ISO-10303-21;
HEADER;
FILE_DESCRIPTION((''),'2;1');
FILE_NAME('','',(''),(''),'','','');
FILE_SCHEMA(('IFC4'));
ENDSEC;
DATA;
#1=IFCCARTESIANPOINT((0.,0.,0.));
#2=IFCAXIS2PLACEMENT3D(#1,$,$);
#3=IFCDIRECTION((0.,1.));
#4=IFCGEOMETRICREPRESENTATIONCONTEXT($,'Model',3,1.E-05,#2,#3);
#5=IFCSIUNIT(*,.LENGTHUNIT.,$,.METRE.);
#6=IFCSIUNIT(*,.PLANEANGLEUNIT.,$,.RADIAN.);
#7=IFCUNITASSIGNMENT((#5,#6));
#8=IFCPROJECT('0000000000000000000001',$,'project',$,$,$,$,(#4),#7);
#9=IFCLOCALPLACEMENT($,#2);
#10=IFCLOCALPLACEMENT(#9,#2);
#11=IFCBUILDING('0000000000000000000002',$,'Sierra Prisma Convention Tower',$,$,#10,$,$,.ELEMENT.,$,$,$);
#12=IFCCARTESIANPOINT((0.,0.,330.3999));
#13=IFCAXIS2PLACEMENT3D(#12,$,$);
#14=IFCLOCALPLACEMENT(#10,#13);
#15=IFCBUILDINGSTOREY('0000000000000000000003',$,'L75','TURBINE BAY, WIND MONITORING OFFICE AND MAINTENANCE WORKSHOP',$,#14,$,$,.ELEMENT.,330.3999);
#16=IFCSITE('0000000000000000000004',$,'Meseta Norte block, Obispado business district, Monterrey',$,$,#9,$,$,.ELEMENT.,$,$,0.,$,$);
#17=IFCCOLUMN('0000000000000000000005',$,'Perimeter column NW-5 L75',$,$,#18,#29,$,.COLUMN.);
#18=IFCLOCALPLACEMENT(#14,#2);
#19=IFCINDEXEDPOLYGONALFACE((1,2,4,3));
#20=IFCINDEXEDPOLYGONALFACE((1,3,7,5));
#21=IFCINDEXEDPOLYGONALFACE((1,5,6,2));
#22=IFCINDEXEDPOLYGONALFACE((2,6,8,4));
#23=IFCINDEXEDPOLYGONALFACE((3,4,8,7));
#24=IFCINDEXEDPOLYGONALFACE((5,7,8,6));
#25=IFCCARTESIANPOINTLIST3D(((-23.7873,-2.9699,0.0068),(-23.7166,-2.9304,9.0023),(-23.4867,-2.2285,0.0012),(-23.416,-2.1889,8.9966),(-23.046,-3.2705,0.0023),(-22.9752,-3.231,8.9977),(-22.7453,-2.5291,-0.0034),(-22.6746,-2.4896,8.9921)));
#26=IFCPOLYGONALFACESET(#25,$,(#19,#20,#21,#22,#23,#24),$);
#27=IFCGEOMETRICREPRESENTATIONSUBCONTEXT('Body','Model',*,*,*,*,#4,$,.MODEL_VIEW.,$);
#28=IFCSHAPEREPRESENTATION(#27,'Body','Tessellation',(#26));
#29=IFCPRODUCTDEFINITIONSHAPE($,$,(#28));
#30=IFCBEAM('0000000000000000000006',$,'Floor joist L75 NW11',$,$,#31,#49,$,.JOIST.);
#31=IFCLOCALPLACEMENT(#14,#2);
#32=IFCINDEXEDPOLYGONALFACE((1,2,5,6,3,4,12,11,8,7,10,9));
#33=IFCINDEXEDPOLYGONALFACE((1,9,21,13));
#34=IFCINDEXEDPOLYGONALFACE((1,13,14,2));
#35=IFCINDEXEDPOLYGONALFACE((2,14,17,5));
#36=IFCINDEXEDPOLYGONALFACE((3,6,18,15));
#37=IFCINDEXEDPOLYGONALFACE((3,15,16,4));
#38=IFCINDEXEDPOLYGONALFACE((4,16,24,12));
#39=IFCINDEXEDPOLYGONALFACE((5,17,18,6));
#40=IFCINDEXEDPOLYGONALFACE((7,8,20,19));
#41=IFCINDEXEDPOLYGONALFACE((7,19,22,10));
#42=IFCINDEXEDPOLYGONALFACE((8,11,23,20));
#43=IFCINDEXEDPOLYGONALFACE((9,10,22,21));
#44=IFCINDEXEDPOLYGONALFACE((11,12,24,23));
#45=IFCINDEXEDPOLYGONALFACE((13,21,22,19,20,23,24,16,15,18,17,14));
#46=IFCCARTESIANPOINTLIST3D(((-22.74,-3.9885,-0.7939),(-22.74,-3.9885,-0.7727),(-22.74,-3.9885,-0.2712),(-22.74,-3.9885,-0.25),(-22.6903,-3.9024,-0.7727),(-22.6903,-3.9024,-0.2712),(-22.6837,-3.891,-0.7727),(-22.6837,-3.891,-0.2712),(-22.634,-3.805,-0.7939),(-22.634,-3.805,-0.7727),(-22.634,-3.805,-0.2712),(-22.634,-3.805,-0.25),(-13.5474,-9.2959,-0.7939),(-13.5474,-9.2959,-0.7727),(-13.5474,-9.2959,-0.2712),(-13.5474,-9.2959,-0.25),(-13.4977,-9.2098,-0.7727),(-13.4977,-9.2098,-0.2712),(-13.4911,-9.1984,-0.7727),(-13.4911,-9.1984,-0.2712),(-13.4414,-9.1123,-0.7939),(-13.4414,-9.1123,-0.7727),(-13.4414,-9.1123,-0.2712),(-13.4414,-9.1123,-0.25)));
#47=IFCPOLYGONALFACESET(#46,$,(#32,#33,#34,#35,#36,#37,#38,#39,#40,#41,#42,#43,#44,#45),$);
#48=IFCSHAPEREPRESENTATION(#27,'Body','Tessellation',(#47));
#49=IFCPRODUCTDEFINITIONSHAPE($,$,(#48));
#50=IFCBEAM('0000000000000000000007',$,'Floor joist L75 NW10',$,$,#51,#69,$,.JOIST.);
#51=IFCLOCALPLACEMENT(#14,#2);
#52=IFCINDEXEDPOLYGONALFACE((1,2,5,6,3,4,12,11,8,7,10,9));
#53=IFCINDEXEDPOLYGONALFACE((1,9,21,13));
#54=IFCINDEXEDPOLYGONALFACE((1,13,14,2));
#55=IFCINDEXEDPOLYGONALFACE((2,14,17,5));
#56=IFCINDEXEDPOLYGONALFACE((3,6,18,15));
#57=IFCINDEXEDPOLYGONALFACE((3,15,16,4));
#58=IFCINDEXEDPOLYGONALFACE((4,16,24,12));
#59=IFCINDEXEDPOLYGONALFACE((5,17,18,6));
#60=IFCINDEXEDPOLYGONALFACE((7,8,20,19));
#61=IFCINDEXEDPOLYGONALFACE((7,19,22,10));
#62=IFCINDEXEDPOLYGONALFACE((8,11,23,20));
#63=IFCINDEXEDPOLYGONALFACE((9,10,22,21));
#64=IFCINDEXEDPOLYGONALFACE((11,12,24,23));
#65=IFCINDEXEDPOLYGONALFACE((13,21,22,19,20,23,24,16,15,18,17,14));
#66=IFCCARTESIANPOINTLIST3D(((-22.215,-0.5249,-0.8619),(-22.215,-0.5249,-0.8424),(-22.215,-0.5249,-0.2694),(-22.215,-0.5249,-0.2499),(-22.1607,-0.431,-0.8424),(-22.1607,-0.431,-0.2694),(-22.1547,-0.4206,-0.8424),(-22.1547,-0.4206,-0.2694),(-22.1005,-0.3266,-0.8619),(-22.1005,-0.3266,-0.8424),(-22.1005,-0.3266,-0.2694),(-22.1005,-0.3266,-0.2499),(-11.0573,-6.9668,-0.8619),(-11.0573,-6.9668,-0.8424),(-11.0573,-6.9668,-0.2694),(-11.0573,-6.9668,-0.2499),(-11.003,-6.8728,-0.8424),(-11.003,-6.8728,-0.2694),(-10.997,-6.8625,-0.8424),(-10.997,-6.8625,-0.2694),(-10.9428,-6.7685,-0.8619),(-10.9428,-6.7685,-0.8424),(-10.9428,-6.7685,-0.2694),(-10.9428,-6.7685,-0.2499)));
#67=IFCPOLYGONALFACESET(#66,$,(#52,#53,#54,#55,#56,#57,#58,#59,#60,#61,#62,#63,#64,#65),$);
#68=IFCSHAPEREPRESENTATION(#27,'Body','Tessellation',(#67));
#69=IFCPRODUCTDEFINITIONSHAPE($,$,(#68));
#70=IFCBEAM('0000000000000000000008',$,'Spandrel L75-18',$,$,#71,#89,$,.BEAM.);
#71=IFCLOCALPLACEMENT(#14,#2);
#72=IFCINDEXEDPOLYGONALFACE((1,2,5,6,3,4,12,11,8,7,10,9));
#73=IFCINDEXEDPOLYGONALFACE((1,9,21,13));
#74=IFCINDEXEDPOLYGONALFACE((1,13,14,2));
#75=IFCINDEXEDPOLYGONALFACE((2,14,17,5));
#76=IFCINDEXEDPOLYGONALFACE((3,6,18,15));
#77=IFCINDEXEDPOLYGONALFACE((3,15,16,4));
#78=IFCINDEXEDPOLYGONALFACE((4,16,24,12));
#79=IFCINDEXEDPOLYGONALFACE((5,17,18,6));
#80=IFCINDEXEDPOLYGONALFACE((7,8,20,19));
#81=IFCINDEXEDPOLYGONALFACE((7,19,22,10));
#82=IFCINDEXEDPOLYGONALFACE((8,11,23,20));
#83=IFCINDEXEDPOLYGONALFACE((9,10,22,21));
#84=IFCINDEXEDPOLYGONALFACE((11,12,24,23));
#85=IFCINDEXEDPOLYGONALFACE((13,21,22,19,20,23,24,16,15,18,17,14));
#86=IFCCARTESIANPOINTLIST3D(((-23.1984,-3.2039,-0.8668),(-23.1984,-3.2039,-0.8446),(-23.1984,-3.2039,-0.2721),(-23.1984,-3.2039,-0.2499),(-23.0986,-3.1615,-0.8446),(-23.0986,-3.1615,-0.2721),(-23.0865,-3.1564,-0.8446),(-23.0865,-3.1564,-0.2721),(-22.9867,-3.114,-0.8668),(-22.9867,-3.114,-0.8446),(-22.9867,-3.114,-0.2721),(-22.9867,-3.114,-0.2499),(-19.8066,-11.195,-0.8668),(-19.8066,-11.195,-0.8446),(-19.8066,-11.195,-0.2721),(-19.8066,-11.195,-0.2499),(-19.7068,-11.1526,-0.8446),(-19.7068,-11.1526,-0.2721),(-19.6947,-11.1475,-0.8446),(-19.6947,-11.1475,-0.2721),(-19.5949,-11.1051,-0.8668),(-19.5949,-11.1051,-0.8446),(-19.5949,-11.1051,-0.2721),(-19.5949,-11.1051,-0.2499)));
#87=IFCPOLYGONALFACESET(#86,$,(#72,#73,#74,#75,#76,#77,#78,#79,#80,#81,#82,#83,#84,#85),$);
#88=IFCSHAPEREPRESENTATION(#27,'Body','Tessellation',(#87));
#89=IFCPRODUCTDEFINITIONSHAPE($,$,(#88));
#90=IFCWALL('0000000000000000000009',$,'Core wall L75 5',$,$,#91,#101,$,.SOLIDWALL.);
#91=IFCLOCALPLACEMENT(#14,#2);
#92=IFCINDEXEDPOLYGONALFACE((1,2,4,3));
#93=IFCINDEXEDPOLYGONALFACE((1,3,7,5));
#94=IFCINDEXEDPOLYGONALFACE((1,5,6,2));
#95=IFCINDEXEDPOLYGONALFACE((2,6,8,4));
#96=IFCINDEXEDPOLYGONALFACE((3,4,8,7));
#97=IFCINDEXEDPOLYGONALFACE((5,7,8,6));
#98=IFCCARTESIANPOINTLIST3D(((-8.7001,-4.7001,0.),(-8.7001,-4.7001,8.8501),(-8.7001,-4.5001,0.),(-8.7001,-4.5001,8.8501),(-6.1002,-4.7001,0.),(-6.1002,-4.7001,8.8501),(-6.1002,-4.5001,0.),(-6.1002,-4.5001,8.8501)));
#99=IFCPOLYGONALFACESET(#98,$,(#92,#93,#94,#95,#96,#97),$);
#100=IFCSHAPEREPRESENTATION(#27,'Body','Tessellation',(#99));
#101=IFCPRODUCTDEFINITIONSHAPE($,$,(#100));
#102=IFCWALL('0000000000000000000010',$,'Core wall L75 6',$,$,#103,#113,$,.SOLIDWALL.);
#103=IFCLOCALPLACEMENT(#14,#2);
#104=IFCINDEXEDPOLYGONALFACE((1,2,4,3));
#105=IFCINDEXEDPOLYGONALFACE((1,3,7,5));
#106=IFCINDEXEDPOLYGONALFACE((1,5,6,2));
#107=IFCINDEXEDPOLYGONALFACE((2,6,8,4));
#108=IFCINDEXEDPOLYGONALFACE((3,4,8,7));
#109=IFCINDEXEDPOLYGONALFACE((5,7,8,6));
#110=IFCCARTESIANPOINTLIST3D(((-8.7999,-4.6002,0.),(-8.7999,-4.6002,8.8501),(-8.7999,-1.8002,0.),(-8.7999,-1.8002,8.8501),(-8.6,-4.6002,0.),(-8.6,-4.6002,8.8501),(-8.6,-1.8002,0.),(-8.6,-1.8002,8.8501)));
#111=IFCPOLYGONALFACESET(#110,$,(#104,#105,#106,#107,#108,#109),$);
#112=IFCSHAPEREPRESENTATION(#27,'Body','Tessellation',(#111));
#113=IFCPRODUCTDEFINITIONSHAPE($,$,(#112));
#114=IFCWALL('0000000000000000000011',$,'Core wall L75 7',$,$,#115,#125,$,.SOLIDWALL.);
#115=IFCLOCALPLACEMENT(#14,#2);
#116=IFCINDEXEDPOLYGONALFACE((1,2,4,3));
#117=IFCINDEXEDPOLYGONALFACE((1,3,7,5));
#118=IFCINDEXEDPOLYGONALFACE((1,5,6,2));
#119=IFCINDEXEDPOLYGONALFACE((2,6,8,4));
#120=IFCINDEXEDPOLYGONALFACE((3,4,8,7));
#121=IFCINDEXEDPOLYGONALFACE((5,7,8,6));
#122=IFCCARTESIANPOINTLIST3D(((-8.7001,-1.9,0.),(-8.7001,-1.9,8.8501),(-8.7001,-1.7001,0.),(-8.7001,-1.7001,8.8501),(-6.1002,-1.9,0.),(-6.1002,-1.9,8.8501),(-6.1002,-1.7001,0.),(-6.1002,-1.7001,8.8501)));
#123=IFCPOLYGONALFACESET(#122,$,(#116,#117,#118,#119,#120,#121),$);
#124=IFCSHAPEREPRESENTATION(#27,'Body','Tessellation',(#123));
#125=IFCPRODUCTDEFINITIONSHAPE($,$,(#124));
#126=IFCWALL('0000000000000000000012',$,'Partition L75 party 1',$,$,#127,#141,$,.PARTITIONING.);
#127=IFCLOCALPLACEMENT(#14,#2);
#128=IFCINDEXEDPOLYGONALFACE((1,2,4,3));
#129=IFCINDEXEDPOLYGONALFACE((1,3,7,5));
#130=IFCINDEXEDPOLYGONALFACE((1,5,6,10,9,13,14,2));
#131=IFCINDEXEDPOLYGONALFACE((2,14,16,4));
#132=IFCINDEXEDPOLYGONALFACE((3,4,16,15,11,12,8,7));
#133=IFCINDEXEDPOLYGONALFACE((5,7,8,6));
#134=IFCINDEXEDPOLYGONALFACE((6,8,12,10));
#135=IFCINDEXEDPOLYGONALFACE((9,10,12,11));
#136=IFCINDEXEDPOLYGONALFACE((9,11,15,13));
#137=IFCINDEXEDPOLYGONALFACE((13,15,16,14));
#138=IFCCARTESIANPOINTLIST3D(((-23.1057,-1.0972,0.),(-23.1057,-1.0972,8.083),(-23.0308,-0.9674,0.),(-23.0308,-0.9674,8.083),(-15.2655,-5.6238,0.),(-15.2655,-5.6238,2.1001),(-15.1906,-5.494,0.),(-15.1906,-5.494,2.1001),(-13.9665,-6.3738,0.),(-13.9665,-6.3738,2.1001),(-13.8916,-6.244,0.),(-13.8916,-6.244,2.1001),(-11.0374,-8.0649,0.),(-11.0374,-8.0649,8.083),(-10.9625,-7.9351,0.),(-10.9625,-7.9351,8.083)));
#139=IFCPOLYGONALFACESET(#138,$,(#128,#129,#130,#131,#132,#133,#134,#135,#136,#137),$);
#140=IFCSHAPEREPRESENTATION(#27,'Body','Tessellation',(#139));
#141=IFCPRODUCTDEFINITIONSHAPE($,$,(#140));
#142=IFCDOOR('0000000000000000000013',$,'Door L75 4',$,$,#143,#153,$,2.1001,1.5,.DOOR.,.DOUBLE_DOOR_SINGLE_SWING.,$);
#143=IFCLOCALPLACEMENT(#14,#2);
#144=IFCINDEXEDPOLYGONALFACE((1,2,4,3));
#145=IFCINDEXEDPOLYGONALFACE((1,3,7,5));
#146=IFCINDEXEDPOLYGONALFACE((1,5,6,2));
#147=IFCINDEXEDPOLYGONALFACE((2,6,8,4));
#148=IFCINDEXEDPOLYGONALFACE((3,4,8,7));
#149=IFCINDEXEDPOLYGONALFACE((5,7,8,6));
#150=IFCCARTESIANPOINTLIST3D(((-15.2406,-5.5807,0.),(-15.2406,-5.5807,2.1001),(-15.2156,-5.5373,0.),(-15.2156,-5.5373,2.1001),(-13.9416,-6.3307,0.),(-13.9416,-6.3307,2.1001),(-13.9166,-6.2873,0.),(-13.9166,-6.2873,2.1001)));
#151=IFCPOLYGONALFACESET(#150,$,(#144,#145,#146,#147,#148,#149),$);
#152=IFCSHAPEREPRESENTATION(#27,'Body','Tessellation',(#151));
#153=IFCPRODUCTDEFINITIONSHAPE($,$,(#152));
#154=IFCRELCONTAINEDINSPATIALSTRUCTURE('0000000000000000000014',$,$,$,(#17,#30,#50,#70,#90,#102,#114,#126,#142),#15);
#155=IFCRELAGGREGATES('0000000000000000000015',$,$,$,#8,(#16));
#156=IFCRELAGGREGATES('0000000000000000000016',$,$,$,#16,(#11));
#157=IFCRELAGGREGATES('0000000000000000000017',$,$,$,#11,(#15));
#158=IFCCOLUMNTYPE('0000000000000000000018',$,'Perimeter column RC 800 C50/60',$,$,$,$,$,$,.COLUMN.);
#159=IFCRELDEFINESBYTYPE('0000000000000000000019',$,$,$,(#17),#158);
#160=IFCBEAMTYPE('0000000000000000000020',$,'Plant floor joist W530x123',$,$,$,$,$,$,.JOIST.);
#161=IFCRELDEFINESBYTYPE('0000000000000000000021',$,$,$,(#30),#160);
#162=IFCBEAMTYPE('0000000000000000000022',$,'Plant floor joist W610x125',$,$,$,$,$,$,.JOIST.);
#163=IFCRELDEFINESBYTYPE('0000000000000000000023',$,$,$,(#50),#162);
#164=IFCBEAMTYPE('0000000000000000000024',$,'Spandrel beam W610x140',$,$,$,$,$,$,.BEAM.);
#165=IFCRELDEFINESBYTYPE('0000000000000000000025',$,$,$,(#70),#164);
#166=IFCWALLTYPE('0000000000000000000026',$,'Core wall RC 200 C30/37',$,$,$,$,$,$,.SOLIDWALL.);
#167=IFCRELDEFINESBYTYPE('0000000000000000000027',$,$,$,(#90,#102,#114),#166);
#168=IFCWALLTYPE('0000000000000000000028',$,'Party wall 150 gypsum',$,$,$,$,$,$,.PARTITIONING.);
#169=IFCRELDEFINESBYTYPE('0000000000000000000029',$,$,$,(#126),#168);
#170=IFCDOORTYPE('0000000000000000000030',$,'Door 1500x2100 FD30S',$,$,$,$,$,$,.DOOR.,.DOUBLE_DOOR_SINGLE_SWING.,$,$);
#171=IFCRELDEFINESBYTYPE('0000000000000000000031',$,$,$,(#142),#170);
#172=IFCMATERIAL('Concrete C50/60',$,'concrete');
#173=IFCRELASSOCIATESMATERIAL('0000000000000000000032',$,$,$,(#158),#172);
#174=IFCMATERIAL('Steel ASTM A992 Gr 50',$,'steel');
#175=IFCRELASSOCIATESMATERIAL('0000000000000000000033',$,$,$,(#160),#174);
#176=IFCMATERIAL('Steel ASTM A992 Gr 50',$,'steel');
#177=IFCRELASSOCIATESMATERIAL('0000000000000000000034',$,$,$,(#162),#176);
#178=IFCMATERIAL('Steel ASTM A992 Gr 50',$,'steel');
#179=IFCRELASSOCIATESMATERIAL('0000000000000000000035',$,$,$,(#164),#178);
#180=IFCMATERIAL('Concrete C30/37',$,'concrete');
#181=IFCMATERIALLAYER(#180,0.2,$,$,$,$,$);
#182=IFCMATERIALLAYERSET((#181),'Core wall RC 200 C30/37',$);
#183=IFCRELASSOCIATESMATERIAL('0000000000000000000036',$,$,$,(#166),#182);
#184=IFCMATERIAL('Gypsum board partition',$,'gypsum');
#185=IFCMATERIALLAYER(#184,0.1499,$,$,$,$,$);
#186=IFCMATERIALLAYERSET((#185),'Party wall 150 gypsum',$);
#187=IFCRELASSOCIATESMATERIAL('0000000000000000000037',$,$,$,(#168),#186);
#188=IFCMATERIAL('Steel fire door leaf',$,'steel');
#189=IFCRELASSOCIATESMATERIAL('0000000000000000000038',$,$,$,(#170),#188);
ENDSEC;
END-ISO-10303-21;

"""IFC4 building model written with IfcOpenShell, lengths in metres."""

from ifc_helpers import new_model, si_unit, direction, frame, frame_2d, origin, origin_2d, place, context, subcontext, project, spatial, rectangle, i_section, extrude, clip, halfspace, material, layer, layer_set, material_profile, profile_set, type_object, element, fill, save


model = new_model("IFC4")

# Units and contexts
model_context = context("Model", 3, precision=1e-05, world=origin(), true_north=direction((0.0, 1.0)))
body_context = subcontext(model_context, "Body", "Model", "MODEL_VIEW")
ifc_project = project(units=[si_unit("LENGTHUNIT", "METRE"), si_unit("PLANEANGLEUNIT", "RADIAN")], contexts=[model_context])

# Site, building, storey
site_placement = place(None, origin())
site = spatial("IfcSite", under=ifc_project, at=site_placement, Name="Meseta Norte block, Obispado business district, Monterrey", CompositionType="ELEMENT", RefElevation=0.0)
building_placement = place(site_placement, origin())
building = spatial("IfcBuilding", under=site, at=building_placement, Name="Sierra Prisma Convention Tower", CompositionType="ELEMENT")
storey_placement = place(building_placement, frame((0.0, 0.0, 330.3999)))
storey = spatial("IfcBuildingStorey", under=building, at=storey_placement, Name="L75", Description="TURBINE BAY, WIND MONITORING OFFICE AND MAINTENANCE WORKSHOP", CompositionType="ELEMENT", Elevation=330.3999)

# Column
ifc_material_1 = material(Name="Concrete C50/60", Category="concrete")
ifc_material_profile_1 = material_profile(ifc_material_1, rectangle(XDim=0.8, YDim=0.8, at=origin_2d()), Name="Perimeter column RC 800 C50/60")
ifc_profile_set_1 = profile_set([ifc_material_profile_1], Name="Concrete C50/60")
column_type = type_object("IfcColumnType", Name="Perimeter column RC 800 C50/60", PredefinedType="COLUMN", material=ifc_profile_set_1)
column_placement = place(storey_placement, frame((-23.2664, -2.7495, 0.0), z_axis=(0.007866, 0.004394, 0.999959), x_axis=(0.375745, 0.926696, -0.007028)))
element("IfcColumn", 1, at=column_placement, inside=storey, type_object=column_type, Name="Perimeter column NW-5 L75", PredefinedType="COLUMN", context=body_context, shape_type="SweptSolid", body=[
    clip(clip(extrude(rectangle(XDim=0.8, YDim=0.8, at=origin_2d()), origin(), (0.0, 0.0, 1.0), 9.0002), halfspace(frame((0.0, 0.0, 0.0017)), True)), halfspace(frame((0.0, 0.0, 8.9976)), False)),
])

# Beams
ifc_material_2 = material(Name="Steel ASTM A992 Gr 50", Category="steel")
ifc_material_profile_2 = material_profile(ifc_material_2, i_section(OverallWidth=0.2119, OverallDepth=0.5439, WebThickness=0.0132, FlangeThickness=0.0212, at=origin_2d()), Name="W530x123")
ifc_profile_set_2 = profile_set([ifc_material_profile_2], Name="Steel ASTM A992 Gr 50")
beam_type_1 = type_object("IfcBeamType", Name="Plant floor joist W530x123", PredefinedType="JOIST", material=ifc_profile_set_2)
beam_1_placement = place(storey_placement, frame((-22.687, -3.8967, -0.522), z_axis=(0.866025, -0.500001, 0.0), x_axis=(0.500001, 0.866025, 0.0)))
element("IfcBeam", 2, at=beam_1_placement, inside=storey, type_object=beam_type_1, Name="Floor joist L75 NW11", PredefinedType="JOIST", context=body_context, shape_type="SweptSolid", body=[
    extrude(i_section(OverallWidth=0.2119, OverallDepth=0.5439, WebThickness=0.0132, FlangeThickness=0.0212, at=origin_2d()), origin(), (0.0, 0.0, 1.0), 10.6147),
])
ifc_material_3 = material(Name="Steel ASTM A992 Gr 50", Category="steel")
ifc_material_profile_3 = material_profile(ifc_material_3, i_section(OverallWidth=0.229, OverallDepth=0.6121, WebThickness=0.012, FlangeThickness=0.0195, at=origin_2d()), Name="W610x125")
ifc_profile_set_3 = profile_set([ifc_material_profile_3], Name="Steel ASTM A992 Gr 50")
beam_type_2 = type_object("IfcBeamType", Name="Plant floor joist W610x125", PredefinedType="JOIST", material=ifc_profile_set_3)
beam_2_placement = place(storey_placement, frame((-22.1577, -0.4258, -0.5559), z_axis=(0.866026, -0.499999, 0.0), x_axis=(0.499999, 0.866026, 0.0)))
element("IfcBeam", 3, at=beam_2_placement, inside=storey, type_object=beam_type_2, Name="Floor joist L75 NW10", PredefinedType="JOIST", context=body_context, shape_type="SweptSolid", body=[
    extrude(i_section(OverallWidth=0.229, OverallDepth=0.6121, WebThickness=0.012, FlangeThickness=0.0195, at=origin_2d()), origin(), (0.0, 0.0, 1.0), 12.8838),
])
ifc_material_4 = material(Name="Steel ASTM A992 Gr 50", Category="steel")
ifc_material_profile_4 = material_profile(ifc_material_4, i_section(OverallWidth=0.23, OverallDepth=0.6169, WebThickness=0.0132, FlangeThickness=0.0222, at=origin_2d()), Name="W610x140")
ifc_profile_set_4 = profile_set([ifc_material_profile_4], Name="Steel ASTM A992 Gr 50")
beam_type_3 = type_object("IfcBeamType", Name="Spandrel beam W610x140", PredefinedType="BEAM", material=ifc_profile_set_4)
beam_3_placement = place(storey_placement, frame((-23.0925, -3.1589, -0.5583), z_axis=(0.390709, -0.920514, 0.0), x_axis=(0.920514, 0.390709, 0.0)))
element("IfcBeam", 4, at=beam_3_placement, inside=storey, type_object=beam_type_3, Name="Spandrel L75-18", PredefinedType="BEAM", context=body_context, shape_type="SweptSolid", body=[
    extrude(i_section(OverallWidth=0.23, OverallDepth=0.6169, WebThickness=0.0132, FlangeThickness=0.0222, at=origin_2d()), origin(), (0.0, 0.0, 1.0), 8.6812),
])

# Shared definitions
ifc_material_5 = material(Name="Concrete C30/37", Category="concrete")
ifc_layer_1 = layer(ifc_material_5, 0.2)
ifc_layer_set_1 = layer_set([ifc_layer_1], Name="Core wall RC 200 C30/37")
wall_type_1 = type_object("IfcWallType", Name="Core wall RC 200 C30/37", PredefinedType="SOLIDWALL", material=ifc_layer_set_1)

# Walls
wall_1_placement = place(storey_placement, frame((-8.7, -4.6001, 0.0), z_axis=(0.0, 0.0, 1.0), x_axis=(1.0, 0.0, 0.0)))
element("IfcWall", 5, at=wall_1_placement, inside=storey, type_object=wall_type_1, Name="Core wall L75 5", PredefinedType="SOLIDWALL", context=body_context, shape_type="SweptSolid", body=[
    extrude(rectangle(XDim=2.5999, YDim=0.2, at=frame_2d((1.2998, 0.0))), origin(), (0.0, 0.0, 1.0), 8.8501),
])
wall_2_placement = place(storey_placement, frame((-8.7, -4.6001, 0.0), z_axis=(0.0, 0.0, 1.0), x_axis=(0.0, 1.0, 0.0)))
element("IfcWall", 6, at=wall_2_placement, inside=storey, type_object=wall_type_1, Name="Core wall L75 6", PredefinedType="SOLIDWALL", context=body_context, shape_type="SweptSolid", body=[
    extrude(rectangle(XDim=2.8, YDim=0.2, at=frame_2d((1.3999, 0.0))), origin(), (0.0, 0.0, 1.0), 8.8501),
])
wall_3_placement = place(storey_placement, frame((-8.7, -1.8, 0.0), z_axis=(0.0, 0.0, 1.0), x_axis=(1.0, 0.0, 0.0)))
element("IfcWall", 7, at=wall_3_placement, inside=storey, type_object=wall_type_1, Name="Core wall L75 7", PredefinedType="SOLIDWALL", context=body_context, shape_type="SweptSolid", body=[
    extrude(rectangle(XDim=2.5999, YDim=0.2, at=frame_2d((1.2998, 0.0))), origin(), (0.0, 0.0, 1.0), 8.8501),
])

# Wall, opening, door
ifc_material_6 = material(Name="Gypsum board partition", Category="gypsum")
ifc_layer_2 = layer(ifc_material_6, 0.1499)
ifc_layer_set_2 = layer_set([ifc_layer_2], Name="Party wall 150 gypsum")
wall_type_2 = type_object("IfcWallType", Name="Party wall 150 gypsum", PredefinedType="PARTITIONING", material=ifc_layer_set_2)
wall_4_placement = place(storey_placement, frame((-23.0684, -1.0322, 0.0), z_axis=(0.0, 0.0, 1.0), x_axis=(0.866022, -0.500006, 0.0)))
wall_4 = element("IfcWall", 8, at=wall_4_placement, inside=storey, type_object=wall_type_2, Name="Partition L75 party 1", PredefinedType="PARTITIONING", context=body_context, shape_type="SweptSolid", body=[
    extrude(rectangle(XDim=13.9353, YDim=0.1499, at=frame_2d((6.9678, 0.0))), origin(), (0.0, 0.0, 1.0), 8.083),
])
opening_1_placement = place(wall_4_placement, frame((9.0532, 0.0, 0.0)))
opening_1 = element("IfcOpeningElement", 9, at=opening_1_placement, cuts=wall_4, PredefinedType="OPENING", context=body_context, shape_type="SweptSolid", body=[
    extrude(rectangle(XDim=1.5, YDim=2.1001, at=frame_2d((0.75, 1.05))), frame((0.0, 0.075, 0.0), z_axis=(0.0, -1.0, 0.0), x_axis=(1.0, 0.0, 0.0)), (0.0, 0.0, 1.0), 0.1499),
])
ifc_material_7 = material(Name="Steel fire door leaf", Category="steel")
door_type_1 = type_object("IfcDoorType", Name="Door 1500x2100 FD30S", OperationType="DOUBLE_DOOR_SINGLE_SWING", PredefinedType="DOOR", material=ifc_material_7)
door_1_placement = place(opening_1_placement, origin())
door_1 = element("IfcDoor", 10, at=door_1_placement, inside=storey, type_object=door_type_1, Name="Door L75 4", OperationType="DOUBLE_DOOR_SINGLE_SWING", OverallHeight=2.1001, OverallWidth=1.5, PredefinedType="DOOR", context=body_context, shape_type="SweptSolid", body=[
    extrude(rectangle(XDim=1.5, YDim=2.1001, at=frame_2d((0.75, 1.05))), frame((0.0, 0.0249, 0.0), z_axis=(0.0, -1.0, 0.0), x_axis=(1.0, 0.0, 0.0)), (0.0, 0.0, 1.0), 0.05),
])
fill(opening_1, door_1)

save(model, "model.ifc")
